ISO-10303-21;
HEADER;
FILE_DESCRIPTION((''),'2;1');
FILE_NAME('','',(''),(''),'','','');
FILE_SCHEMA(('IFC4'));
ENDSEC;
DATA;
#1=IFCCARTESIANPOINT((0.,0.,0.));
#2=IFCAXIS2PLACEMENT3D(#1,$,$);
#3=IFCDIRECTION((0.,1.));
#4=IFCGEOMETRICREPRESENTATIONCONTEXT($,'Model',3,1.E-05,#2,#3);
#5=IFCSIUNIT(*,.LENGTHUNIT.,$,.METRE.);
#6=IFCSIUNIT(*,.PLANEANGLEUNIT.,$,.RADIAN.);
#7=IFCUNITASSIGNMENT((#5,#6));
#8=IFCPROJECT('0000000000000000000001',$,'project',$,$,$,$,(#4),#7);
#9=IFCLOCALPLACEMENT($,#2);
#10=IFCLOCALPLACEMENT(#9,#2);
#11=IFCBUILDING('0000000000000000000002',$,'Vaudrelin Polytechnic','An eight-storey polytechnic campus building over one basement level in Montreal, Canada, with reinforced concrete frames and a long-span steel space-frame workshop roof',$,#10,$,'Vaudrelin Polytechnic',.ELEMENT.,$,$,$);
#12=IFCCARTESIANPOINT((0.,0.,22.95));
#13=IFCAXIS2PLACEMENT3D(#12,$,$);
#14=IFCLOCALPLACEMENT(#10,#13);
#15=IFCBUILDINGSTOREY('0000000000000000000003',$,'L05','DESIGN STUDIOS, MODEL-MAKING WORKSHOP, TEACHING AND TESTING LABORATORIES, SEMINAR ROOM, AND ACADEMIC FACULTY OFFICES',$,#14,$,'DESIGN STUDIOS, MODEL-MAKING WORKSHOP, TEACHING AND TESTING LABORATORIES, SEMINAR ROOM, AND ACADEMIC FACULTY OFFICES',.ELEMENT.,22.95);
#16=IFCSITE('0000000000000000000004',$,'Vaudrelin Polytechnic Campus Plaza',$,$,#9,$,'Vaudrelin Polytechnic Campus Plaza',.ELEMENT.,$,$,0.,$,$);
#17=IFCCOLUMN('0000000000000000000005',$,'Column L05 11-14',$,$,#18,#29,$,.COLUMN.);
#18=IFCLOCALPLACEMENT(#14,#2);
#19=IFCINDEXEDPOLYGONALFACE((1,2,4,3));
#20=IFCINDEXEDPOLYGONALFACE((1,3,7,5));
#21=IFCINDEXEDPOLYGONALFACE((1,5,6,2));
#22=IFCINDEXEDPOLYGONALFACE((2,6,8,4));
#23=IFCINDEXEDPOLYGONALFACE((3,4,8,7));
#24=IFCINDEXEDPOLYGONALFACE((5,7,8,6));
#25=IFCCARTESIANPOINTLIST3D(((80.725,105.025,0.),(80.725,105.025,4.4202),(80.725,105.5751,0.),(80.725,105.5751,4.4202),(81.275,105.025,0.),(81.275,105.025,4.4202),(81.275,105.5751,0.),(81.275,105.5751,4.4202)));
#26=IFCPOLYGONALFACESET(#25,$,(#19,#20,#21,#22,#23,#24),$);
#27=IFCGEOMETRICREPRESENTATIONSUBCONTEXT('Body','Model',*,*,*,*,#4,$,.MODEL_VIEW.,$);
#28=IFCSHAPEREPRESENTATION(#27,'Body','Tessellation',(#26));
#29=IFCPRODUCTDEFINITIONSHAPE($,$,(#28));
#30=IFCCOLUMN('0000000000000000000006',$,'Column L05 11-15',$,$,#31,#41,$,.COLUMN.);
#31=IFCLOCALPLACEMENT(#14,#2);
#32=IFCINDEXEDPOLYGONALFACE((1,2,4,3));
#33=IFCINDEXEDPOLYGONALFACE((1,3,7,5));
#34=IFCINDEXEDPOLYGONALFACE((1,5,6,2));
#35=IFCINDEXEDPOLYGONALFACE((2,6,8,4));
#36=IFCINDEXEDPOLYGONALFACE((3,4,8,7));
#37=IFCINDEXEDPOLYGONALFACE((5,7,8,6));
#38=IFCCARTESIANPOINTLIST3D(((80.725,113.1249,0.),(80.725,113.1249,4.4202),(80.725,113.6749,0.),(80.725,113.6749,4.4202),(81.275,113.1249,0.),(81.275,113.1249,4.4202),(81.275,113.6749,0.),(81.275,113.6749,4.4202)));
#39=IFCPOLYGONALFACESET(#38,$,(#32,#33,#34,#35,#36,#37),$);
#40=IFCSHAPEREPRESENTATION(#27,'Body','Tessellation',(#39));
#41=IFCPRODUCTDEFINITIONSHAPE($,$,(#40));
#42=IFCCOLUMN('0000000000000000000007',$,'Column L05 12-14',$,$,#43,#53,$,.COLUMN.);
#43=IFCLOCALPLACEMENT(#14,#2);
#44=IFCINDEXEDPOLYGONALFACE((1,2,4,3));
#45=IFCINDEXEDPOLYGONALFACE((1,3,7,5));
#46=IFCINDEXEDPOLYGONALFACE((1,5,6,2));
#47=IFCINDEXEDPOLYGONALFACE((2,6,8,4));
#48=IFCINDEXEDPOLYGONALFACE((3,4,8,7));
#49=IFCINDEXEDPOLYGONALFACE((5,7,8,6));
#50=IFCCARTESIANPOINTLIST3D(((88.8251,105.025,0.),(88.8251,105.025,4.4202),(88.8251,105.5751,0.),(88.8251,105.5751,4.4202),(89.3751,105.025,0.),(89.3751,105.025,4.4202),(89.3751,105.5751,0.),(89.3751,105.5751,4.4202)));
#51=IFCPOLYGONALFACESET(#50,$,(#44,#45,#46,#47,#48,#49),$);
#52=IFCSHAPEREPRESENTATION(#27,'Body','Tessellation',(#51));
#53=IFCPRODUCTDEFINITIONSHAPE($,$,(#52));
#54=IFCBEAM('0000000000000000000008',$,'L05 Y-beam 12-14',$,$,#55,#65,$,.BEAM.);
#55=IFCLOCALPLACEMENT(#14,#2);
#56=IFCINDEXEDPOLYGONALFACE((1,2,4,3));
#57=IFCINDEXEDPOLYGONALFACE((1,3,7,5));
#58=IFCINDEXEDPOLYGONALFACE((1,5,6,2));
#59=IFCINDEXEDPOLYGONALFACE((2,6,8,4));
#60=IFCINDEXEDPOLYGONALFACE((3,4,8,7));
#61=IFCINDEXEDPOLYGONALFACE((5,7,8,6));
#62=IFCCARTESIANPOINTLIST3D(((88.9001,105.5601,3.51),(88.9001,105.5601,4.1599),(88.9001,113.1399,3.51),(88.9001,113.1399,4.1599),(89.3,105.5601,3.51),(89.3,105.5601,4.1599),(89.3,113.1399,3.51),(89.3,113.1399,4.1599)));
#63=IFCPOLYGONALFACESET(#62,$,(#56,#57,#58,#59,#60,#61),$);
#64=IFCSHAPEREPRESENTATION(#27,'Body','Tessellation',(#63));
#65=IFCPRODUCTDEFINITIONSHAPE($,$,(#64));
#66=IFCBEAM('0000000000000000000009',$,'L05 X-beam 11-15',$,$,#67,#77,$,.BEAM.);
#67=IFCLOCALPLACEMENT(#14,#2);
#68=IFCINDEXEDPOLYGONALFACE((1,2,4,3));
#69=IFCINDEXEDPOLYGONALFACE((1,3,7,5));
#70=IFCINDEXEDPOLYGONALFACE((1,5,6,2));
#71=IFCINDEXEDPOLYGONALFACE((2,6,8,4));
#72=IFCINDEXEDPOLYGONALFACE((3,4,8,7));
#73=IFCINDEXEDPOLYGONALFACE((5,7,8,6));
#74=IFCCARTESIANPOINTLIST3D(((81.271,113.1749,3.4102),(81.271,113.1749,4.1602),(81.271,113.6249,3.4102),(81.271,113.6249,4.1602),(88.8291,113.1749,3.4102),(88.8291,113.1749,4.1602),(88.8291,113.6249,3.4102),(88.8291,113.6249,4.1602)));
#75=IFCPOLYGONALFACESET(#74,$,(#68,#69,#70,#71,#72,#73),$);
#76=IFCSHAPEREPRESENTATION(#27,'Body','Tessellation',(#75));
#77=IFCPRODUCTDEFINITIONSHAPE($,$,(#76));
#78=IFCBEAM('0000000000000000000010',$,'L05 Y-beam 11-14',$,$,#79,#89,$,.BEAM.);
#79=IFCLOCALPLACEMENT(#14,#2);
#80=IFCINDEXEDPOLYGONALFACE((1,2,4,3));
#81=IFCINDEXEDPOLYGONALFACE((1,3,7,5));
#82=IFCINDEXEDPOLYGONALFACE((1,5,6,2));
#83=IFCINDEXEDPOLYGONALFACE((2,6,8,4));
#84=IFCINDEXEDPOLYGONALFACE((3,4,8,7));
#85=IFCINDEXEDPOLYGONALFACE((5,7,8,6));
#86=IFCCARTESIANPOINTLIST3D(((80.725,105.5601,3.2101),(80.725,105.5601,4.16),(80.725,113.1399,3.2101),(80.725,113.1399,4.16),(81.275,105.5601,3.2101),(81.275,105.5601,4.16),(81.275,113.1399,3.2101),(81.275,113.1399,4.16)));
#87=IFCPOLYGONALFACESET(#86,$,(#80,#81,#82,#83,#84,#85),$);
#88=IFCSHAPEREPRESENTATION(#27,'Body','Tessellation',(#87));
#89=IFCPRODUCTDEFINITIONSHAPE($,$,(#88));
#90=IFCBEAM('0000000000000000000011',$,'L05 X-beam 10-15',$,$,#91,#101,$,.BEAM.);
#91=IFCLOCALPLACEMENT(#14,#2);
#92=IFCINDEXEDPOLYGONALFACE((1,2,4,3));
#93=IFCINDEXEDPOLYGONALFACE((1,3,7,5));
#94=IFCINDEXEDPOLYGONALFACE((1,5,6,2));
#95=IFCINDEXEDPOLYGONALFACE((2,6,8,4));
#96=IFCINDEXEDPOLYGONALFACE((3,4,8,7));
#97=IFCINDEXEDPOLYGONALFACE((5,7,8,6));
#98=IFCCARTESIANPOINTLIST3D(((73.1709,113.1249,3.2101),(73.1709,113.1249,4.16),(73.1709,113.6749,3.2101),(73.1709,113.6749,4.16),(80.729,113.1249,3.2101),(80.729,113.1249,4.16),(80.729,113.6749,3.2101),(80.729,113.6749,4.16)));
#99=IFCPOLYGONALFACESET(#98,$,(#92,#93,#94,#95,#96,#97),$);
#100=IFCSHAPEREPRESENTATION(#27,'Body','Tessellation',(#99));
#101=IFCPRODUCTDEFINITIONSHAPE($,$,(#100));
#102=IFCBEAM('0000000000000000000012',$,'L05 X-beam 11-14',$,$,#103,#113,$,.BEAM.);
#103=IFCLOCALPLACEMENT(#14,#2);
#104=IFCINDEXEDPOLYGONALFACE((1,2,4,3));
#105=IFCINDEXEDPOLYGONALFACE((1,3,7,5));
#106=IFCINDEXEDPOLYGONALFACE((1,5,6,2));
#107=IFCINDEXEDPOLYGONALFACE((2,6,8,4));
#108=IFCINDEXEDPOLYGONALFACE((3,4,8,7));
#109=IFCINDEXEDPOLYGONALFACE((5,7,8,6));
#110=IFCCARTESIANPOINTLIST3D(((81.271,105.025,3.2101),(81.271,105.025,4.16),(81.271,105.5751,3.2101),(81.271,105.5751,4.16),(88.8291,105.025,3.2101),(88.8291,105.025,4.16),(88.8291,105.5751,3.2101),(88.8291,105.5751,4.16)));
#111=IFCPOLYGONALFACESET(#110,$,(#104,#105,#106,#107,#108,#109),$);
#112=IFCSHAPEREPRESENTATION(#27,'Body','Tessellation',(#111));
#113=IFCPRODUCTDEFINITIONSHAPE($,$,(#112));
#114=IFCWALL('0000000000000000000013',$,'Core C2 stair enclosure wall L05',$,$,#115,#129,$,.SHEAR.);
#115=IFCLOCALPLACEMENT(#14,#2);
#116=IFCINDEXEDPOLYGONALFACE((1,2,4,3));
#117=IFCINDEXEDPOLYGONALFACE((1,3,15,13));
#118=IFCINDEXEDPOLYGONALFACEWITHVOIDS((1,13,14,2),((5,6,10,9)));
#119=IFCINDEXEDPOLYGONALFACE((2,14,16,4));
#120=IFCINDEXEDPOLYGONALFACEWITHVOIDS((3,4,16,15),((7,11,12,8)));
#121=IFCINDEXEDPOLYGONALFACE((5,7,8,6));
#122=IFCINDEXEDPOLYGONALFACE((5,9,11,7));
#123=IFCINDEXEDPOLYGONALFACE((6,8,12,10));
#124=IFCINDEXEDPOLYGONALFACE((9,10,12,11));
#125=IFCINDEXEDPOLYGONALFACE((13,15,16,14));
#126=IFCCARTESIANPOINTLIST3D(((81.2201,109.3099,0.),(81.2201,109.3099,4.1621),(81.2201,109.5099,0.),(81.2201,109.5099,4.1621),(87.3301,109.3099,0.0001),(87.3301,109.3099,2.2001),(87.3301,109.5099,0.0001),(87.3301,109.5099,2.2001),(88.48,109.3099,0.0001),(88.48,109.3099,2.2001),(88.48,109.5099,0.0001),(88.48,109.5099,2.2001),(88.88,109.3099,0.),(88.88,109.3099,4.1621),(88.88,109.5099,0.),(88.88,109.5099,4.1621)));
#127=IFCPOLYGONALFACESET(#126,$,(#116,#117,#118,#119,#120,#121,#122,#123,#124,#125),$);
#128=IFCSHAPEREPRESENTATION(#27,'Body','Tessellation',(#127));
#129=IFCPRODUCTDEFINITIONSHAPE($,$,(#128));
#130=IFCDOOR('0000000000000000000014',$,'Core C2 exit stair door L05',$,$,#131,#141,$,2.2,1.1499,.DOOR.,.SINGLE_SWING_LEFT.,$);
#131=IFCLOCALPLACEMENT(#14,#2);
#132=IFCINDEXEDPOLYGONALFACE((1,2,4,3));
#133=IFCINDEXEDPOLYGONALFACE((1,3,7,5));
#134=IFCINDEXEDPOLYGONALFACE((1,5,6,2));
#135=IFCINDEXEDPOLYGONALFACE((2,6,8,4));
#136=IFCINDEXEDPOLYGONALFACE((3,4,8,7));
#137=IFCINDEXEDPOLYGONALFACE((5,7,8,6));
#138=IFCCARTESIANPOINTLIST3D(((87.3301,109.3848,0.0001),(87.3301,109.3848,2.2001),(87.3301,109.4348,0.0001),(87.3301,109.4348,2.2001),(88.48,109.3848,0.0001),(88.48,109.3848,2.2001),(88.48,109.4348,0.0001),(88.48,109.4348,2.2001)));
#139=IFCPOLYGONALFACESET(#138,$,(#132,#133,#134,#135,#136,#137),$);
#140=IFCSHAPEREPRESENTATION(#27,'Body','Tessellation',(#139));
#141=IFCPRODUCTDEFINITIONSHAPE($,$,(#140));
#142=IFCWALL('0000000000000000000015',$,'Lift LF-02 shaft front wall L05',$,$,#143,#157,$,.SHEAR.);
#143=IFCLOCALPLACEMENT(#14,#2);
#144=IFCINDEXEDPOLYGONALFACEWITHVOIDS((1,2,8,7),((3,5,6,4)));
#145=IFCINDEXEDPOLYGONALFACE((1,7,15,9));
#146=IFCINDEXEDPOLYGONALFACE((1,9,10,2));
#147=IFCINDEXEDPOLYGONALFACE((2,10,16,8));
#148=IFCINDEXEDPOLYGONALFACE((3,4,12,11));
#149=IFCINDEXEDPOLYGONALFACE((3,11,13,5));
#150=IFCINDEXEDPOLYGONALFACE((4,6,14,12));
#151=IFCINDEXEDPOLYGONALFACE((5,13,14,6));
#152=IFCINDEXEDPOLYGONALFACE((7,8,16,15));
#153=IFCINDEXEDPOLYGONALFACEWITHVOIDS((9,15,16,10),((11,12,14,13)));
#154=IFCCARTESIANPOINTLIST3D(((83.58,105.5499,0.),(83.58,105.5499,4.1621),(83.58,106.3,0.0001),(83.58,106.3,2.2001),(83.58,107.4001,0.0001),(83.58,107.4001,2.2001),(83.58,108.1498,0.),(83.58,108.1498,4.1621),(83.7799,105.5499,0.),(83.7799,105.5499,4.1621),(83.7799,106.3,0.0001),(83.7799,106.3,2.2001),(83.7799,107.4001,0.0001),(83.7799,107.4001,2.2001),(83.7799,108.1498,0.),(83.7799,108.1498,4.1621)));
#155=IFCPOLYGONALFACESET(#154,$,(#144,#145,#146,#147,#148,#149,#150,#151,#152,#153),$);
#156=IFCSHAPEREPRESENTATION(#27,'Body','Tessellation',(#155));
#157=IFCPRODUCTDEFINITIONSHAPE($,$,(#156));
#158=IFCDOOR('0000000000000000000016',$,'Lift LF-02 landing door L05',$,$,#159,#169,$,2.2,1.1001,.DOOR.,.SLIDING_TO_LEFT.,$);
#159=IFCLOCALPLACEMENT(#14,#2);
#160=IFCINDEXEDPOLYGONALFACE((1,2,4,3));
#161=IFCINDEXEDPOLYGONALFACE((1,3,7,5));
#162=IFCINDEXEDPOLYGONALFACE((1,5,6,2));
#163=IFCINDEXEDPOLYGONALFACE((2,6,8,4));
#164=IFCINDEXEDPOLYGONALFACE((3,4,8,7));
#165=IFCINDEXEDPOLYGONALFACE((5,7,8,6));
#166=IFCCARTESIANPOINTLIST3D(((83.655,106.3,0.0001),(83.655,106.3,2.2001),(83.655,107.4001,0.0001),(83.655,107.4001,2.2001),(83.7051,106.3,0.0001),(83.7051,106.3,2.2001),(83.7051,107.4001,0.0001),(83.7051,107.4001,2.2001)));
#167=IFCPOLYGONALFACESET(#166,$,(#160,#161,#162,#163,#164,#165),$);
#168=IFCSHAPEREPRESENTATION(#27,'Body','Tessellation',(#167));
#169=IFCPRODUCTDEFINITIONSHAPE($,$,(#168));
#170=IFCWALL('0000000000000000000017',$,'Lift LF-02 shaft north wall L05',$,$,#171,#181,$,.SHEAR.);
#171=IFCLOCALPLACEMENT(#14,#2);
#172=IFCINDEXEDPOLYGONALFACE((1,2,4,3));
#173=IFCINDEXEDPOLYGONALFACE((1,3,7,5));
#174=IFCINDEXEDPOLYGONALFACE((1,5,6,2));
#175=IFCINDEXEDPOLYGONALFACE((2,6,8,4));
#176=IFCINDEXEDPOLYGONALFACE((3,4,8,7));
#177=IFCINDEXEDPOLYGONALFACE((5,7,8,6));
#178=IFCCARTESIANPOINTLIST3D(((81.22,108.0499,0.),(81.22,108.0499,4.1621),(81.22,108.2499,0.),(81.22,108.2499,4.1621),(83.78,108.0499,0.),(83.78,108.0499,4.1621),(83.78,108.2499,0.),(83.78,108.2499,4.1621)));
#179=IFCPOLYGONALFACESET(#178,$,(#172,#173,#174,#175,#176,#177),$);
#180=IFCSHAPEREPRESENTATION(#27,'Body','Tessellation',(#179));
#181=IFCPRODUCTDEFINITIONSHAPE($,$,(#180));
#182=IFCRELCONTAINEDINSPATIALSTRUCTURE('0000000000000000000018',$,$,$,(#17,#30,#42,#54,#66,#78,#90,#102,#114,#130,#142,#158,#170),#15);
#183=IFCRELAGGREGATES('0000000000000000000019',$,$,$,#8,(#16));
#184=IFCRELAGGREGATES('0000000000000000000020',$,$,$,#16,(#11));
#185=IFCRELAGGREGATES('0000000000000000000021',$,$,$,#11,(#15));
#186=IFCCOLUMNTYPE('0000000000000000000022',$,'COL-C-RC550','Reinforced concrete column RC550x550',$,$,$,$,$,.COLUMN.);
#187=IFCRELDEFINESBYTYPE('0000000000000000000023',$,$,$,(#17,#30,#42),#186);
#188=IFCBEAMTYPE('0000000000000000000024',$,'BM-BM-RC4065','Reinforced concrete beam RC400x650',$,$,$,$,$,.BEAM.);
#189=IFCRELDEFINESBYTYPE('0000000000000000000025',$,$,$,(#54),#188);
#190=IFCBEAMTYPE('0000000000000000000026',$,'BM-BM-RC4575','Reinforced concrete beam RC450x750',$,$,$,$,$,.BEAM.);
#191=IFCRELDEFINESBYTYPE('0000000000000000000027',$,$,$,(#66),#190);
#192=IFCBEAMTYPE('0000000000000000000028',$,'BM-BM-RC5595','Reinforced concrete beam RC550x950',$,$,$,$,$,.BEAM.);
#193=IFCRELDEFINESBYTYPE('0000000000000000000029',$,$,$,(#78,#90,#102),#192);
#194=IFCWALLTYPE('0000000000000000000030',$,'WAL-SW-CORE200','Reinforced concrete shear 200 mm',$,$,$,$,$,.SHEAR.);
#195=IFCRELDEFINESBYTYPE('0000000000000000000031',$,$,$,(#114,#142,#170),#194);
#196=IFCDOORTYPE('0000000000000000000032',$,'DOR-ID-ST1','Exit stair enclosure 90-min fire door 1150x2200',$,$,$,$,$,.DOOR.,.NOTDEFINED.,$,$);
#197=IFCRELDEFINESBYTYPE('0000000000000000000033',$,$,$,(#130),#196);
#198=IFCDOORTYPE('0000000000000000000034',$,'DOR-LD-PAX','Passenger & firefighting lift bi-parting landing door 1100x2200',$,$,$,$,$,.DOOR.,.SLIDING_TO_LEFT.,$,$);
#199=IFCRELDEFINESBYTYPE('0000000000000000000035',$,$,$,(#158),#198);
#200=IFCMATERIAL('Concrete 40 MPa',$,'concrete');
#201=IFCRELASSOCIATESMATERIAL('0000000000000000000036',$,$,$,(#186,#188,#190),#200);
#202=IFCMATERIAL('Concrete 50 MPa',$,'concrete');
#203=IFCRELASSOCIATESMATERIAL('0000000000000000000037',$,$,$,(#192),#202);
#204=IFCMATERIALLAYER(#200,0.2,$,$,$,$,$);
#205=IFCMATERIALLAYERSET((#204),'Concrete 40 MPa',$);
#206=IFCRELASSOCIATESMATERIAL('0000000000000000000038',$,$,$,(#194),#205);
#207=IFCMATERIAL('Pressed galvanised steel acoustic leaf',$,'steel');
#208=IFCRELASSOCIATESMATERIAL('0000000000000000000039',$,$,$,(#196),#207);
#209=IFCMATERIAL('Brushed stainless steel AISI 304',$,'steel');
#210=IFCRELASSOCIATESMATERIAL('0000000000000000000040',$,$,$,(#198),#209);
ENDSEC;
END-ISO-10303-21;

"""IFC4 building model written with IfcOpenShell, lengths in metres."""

from ifc_helpers import new_model, si_unit, direction, frame, frame_2d, origin, origin_2d, place, context, subcontext, project, spatial, rectangle, extrude, material, layer, layer_set, material_profile, profile_set, type_object, element, fill, save


model = new_model("IFC4")

# Units and contexts
model_context = context("Model", 3, precision=1e-05, world=origin(), true_north=direction((0.0, 1.0)))
body_context = subcontext(model_context, "Body", "Model", "MODEL_VIEW")
ifc_project = project(units=[si_unit("LENGTHUNIT", "METRE"), si_unit("PLANEANGLEUNIT", "RADIAN")], contexts=[model_context])

# Site, building, storey
site_placement = place(None, origin())
site = spatial("IfcSite", under=ifc_project, at=site_placement, Name="Vaudrelin Polytechnic Campus Plaza", LongName="Vaudrelin Polytechnic Campus Plaza", CompositionType="ELEMENT", RefElevation=0.0)
building_placement = place(site_placement, origin())
building = spatial("IfcBuilding", under=site, at=building_placement, Name="Vaudrelin Polytechnic", Description="An eight-storey polytechnic campus building over one basement level in Montreal, Canada, with reinforced concrete frames and a long-span steel space-frame workshop roof", LongName="Vaudrelin Polytechnic", CompositionType="ELEMENT")
storey_placement = place(building_placement, frame((0.0, 0.0, 22.95)))
storey = spatial("IfcBuildingStorey", under=building, at=storey_placement, Name="L05", Description="DESIGN STUDIOS, MODEL-MAKING WORKSHOP, TEACHING AND TESTING LABORATORIES, SEMINAR ROOM, AND ACADEMIC FACULTY OFFICES", LongName="DESIGN STUDIOS, MODEL-MAKING WORKSHOP, TEACHING AND TESTING LABORATORIES, SEMINAR ROOM, AND ACADEMIC FACULTY OFFICES", CompositionType="ELEMENT", Elevation=22.95)

# Columns
ifc_material_1 = material(Name="Concrete 40 MPa", Category="concrete")
ifc_material_profile_1 = material_profile(ifc_material_1, rectangle(XDim=0.55, YDim=0.55, at=origin_2d()), Name="RC550x550")
ifc_profile_set_1 = profile_set([ifc_material_profile_1], Name="Concrete 40 MPa")
column_type = type_object("IfcColumnType", Name="COL-C-RC550", Description="Reinforced concrete column RC550x550", PredefinedType="COLUMN", material=ifc_profile_set_1)
for number, where, z_axis, x_axis, name in (
    (1, (81.0, 105.3, 0.0), (0.0, 0.0, 1.0), (1.0, 0.0, 0.0), "Column L05 11-14"),
    (2, (81.0, 113.3999, 0.0), (0.0, 0.0, 1.0), (1.0, 0.0, 0.0), "Column L05 11-15"),
    (3, (89.1001, 105.3, 0.0), (0.0, 0.0, 1.0), (1.0, 0.0, 0.0), "Column L05 12-14"),
):
    element("IfcColumn", number, at=place(storey_placement, frame(where, z_axis=z_axis, x_axis=x_axis)), inside=storey, type_object=column_type, Name=name, PredefinedType="COLUMN", context=body_context, shape_type="SweptSolid", body=[
        extrude(rectangle(XDim=0.55, YDim=0.55, at=origin_2d()), origin(), (0.0, 0.0, 1.0), 4.4202),
    ])

# Beams
ifc_material_profile_2 = material_profile(ifc_material_1, rectangle(XDim=0.3999, YDim=0.6499, at=origin_2d()), Name="RC400x650")
ifc_profile_set_2 = profile_set([ifc_material_profile_2], Name="Concrete 40 MPa")
beam_type_1 = type_object("IfcBeamType", Name="BM-BM-RC4065", Description="Reinforced concrete beam RC400x650", PredefinedType="BEAM", material=ifc_profile_set_2)
beam_1_placement = place(storey_placement, frame((89.1001, 105.5601, 3.835), z_axis=(0.0, 1.0, 0.0), x_axis=(-1.0, 0.0, 0.0)))
element("IfcBeam", 4, at=beam_1_placement, inside=storey, type_object=beam_type_1, Name="L05 Y-beam 12-14", PredefinedType="BEAM", context=body_context, shape_type="SweptSolid", body=[
    extrude(rectangle(XDim=0.3999, YDim=0.6499, at=origin_2d()), origin(), (0.0, 0.0, 1.0), 7.5798),
])
ifc_material_profile_3 = material_profile(ifc_material_1, rectangle(XDim=0.45, YDim=0.75, at=origin_2d()), Name="RC450x750")
ifc_profile_set_3 = profile_set([ifc_material_profile_3], Name="Concrete 40 MPa")
beam_type_2 = type_object("IfcBeamType", Name="BM-BM-RC4575", Description="Reinforced concrete beam RC450x750", PredefinedType="BEAM", material=ifc_profile_set_3)
beam_2_placement = place(storey_placement, frame((81.271, 113.3999, 3.7852), z_axis=(1.0, 0.0, 0.0), x_axis=(0.0, 1.0, 0.0)))
element("IfcBeam", 5, at=beam_2_placement, inside=storey, type_object=beam_type_2, Name="L05 X-beam 11-15", PredefinedType="BEAM", context=body_context, shape_type="SweptSolid", body=[
    extrude(rectangle(XDim=0.45, YDim=0.75, at=origin_2d()), origin(), (0.0, 0.0, 1.0), 7.5581),
])
ifc_material_2 = material(Name="Concrete 50 MPa", Category="concrete")
ifc_material_profile_4 = material_profile(ifc_material_2, rectangle(XDim=0.55, YDim=0.95, at=origin_2d()), Name="RC550x950")
ifc_profile_set_4 = profile_set([ifc_material_profile_4], Name="Concrete 50 MPa")
beam_type_3 = type_object("IfcBeamType", Name="BM-BM-RC5595", Description="Reinforced concrete beam RC550x950", PredefinedType="BEAM", material=ifc_profile_set_4)
beam_3_placement = place(storey_placement, frame((81.0, 105.5601, 3.6851), z_axis=(0.0, 1.0, 0.0), x_axis=(-1.0, 0.0, 0.0)))
element("IfcBeam", 6, at=beam_3_placement, inside=storey, type_object=beam_type_3, Name="L05 Y-beam 11-14", PredefinedType="BEAM", context=body_context, shape_type="SweptSolid", body=[
    extrude(rectangle(XDim=0.55, YDim=0.95, at=origin_2d()), origin(), (0.0, 0.0, 1.0), 7.5798),
])
for number, where, z_axis, x_axis, name in (
    (7, (73.1709, 113.3999, 3.6851), (1.0, 0.0, 0.0), (0.0, 1.0, 0.0), "L05 X-beam 10-15"),
    (8, (81.271, 105.3, 3.6851), (1.0, 0.0, 0.0), (0.0, 1.0, 0.0), "L05 X-beam 11-14"),
):
    element("IfcBeam", number, at=place(storey_placement, frame(where, z_axis=z_axis, x_axis=x_axis)), inside=storey, type_object=beam_type_3, Name=name, PredefinedType="BEAM", context=body_context, shape_type="SweptSolid", body=[
        extrude(rectangle(XDim=0.55, YDim=0.95, at=origin_2d()), origin(), (0.0, 0.0, 1.0), 7.5581),
    ])

# Walls, openings, doors
ifc_material_3 = material(Name="Pressed galvanised steel acoustic leaf", Category="steel")
ifc_layer_1 = layer(ifc_material_1, 0.2)
ifc_layer_set_1 = layer_set([ifc_layer_1], Name="Concrete 40 MPa")
wall_type_1 = type_object("IfcWallType", Name="WAL-SW-CORE200", Description="Reinforced concrete shear 200 mm", PredefinedType="SHEAR", material=ifc_layer_set_1)
wall_1_placement = place(storey_placement, frame((81.22, 109.4099, 0.0), z_axis=(0.0, 0.0, 1.0), x_axis=(1.0, 0.0, 0.0)))
wall_1 = element("IfcWall", 9, at=wall_1_placement, inside=storey, type_object=wall_type_1, Name="Core C2 stair enclosure wall L05", PredefinedType="SHEAR", context=body_context, shape_type="SweptSolid", body=[
    extrude(rectangle(XDim=7.6599, YDim=0.2, at=frame_2d((3.8301, 0.0))), origin(), (0.0, 0.0, 1.0), 4.1621),
])
opening_1_placement = place(wall_1_placement, frame((6.1101, 0.0, 0.0)))
opening_1 = element("IfcOpeningElement", 10, at=opening_1_placement, cuts=wall_1, PredefinedType="OPENING", context=body_context, shape_type="SweptSolid", body=[
    extrude(rectangle(XDim=1.1499, YDim=2.2, at=frame_2d((0.575, 1.1001))), frame((0.0, 0.1099, 0.0), z_axis=(0.0, -1.0, 0.0), x_axis=(1.0, 0.0, 0.0)), (0.0, 0.0, 1.0), 0.22),
])
door_type_1 = type_object("IfcDoorType", Name="DOR-ID-ST1", Description="Exit stair enclosure 90-min fire door 1150x2200", OperationType="NOTDEFINED", PredefinedType="DOOR", material=ifc_material_3)
door_1_placement = place(opening_1_placement, origin())
door_1 = element("IfcDoor", 11, at=door_1_placement, inside=storey, type_object=door_type_1, Name="Core C2 exit stair door L05", OperationType="SINGLE_SWING_LEFT", OverallHeight=2.2, OverallWidth=1.1499, PredefinedType="DOOR", context=body_context, shape_type="SweptSolid", body=[
    extrude(rectangle(XDim=1.1499, YDim=2.2, at=frame_2d((0.575, 1.1001))), frame((0.0, 0.0249, 0.0), z_axis=(0.0, -1.0, 0.0), x_axis=(1.0, 0.0, 0.0)), (0.0, 0.0, 1.0), 0.05),
])
fill(opening_1, door_1)
wall_2_placement = place(storey_placement, frame((83.6799, 105.55, 0.0), z_axis=(0.0, 0.0, 1.0), x_axis=(0.0, 1.0, 0.0)))
wall_2 = element("IfcWall", 12, at=wall_2_placement, inside=storey, type_object=wall_type_1, Name="Lift LF-02 shaft front wall L05", PredefinedType="SHEAR", context=body_context, shape_type="SweptSolid", body=[
    extrude(rectangle(XDim=2.5999, YDim=0.2, at=frame_2d((1.2998, 0.0))), origin(), (0.0, 0.0, 1.0), 4.1621),
])
opening_2_placement = place(wall_2_placement, frame((0.75, 0.0, 0.0)))
opening_2 = element("IfcOpeningElement", 13, at=opening_2_placement, cuts=wall_2, PredefinedType="OPENING", context=body_context, shape_type="SweptSolid", body=[
    extrude(rectangle(XDim=1.1001, YDim=2.2, at=frame_2d((0.55, 1.1001))), frame((0.0, 0.1099, 0.0), z_axis=(0.0, -1.0, 0.0), x_axis=(1.0, 0.0, 0.0)), (0.0, 0.0, 1.0), 0.22),
])
ifc_material_4 = material(Name="Brushed stainless steel AISI 304", Category="steel")
door_type_2 = type_object("IfcDoorType", Name="DOR-LD-PAX", Description="Passenger & firefighting lift bi-parting landing door 1100x2200", OperationType="SLIDING_TO_LEFT", PredefinedType="DOOR", material=ifc_material_4)
door_2_placement = place(opening_2_placement, origin())
door_2 = element("IfcDoor", 14, at=door_2_placement, inside=storey, type_object=door_type_2, Name="Lift LF-02 landing door L05", OperationType="SLIDING_TO_LEFT", OverallHeight=2.2, OverallWidth=1.1001, PredefinedType="DOOR", context=body_context, shape_type="SweptSolid", body=[
    extrude(rectangle(XDim=1.1001, YDim=2.2, at=frame_2d((0.55, 1.1001))), frame((0.0, 0.0249, 0.0), z_axis=(0.0, -1.0, 0.0), x_axis=(1.0, 0.0, 0.0)), (0.0, 0.0, 1.0), 0.05),
])
fill(opening_2, door_2)

# Wall
wall_3_placement = place(storey_placement, frame((81.22, 108.1499, 0.0), z_axis=(0.0, 0.0, 1.0), x_axis=(1.0, 0.0, 0.0)))
element("IfcWall", 15, at=wall_3_placement, inside=storey, type_object=wall_type_1, Name="Lift LF-02 shaft north wall L05", PredefinedType="SHEAR", context=body_context, shape_type="SweptSolid", body=[
    extrude(rectangle(XDim=2.5601, YDim=0.2, at=frame_2d((1.28, 0.0))), origin(), (0.0, 0.0, 1.0), 4.1621),
])

save(model, "model.ifc")
